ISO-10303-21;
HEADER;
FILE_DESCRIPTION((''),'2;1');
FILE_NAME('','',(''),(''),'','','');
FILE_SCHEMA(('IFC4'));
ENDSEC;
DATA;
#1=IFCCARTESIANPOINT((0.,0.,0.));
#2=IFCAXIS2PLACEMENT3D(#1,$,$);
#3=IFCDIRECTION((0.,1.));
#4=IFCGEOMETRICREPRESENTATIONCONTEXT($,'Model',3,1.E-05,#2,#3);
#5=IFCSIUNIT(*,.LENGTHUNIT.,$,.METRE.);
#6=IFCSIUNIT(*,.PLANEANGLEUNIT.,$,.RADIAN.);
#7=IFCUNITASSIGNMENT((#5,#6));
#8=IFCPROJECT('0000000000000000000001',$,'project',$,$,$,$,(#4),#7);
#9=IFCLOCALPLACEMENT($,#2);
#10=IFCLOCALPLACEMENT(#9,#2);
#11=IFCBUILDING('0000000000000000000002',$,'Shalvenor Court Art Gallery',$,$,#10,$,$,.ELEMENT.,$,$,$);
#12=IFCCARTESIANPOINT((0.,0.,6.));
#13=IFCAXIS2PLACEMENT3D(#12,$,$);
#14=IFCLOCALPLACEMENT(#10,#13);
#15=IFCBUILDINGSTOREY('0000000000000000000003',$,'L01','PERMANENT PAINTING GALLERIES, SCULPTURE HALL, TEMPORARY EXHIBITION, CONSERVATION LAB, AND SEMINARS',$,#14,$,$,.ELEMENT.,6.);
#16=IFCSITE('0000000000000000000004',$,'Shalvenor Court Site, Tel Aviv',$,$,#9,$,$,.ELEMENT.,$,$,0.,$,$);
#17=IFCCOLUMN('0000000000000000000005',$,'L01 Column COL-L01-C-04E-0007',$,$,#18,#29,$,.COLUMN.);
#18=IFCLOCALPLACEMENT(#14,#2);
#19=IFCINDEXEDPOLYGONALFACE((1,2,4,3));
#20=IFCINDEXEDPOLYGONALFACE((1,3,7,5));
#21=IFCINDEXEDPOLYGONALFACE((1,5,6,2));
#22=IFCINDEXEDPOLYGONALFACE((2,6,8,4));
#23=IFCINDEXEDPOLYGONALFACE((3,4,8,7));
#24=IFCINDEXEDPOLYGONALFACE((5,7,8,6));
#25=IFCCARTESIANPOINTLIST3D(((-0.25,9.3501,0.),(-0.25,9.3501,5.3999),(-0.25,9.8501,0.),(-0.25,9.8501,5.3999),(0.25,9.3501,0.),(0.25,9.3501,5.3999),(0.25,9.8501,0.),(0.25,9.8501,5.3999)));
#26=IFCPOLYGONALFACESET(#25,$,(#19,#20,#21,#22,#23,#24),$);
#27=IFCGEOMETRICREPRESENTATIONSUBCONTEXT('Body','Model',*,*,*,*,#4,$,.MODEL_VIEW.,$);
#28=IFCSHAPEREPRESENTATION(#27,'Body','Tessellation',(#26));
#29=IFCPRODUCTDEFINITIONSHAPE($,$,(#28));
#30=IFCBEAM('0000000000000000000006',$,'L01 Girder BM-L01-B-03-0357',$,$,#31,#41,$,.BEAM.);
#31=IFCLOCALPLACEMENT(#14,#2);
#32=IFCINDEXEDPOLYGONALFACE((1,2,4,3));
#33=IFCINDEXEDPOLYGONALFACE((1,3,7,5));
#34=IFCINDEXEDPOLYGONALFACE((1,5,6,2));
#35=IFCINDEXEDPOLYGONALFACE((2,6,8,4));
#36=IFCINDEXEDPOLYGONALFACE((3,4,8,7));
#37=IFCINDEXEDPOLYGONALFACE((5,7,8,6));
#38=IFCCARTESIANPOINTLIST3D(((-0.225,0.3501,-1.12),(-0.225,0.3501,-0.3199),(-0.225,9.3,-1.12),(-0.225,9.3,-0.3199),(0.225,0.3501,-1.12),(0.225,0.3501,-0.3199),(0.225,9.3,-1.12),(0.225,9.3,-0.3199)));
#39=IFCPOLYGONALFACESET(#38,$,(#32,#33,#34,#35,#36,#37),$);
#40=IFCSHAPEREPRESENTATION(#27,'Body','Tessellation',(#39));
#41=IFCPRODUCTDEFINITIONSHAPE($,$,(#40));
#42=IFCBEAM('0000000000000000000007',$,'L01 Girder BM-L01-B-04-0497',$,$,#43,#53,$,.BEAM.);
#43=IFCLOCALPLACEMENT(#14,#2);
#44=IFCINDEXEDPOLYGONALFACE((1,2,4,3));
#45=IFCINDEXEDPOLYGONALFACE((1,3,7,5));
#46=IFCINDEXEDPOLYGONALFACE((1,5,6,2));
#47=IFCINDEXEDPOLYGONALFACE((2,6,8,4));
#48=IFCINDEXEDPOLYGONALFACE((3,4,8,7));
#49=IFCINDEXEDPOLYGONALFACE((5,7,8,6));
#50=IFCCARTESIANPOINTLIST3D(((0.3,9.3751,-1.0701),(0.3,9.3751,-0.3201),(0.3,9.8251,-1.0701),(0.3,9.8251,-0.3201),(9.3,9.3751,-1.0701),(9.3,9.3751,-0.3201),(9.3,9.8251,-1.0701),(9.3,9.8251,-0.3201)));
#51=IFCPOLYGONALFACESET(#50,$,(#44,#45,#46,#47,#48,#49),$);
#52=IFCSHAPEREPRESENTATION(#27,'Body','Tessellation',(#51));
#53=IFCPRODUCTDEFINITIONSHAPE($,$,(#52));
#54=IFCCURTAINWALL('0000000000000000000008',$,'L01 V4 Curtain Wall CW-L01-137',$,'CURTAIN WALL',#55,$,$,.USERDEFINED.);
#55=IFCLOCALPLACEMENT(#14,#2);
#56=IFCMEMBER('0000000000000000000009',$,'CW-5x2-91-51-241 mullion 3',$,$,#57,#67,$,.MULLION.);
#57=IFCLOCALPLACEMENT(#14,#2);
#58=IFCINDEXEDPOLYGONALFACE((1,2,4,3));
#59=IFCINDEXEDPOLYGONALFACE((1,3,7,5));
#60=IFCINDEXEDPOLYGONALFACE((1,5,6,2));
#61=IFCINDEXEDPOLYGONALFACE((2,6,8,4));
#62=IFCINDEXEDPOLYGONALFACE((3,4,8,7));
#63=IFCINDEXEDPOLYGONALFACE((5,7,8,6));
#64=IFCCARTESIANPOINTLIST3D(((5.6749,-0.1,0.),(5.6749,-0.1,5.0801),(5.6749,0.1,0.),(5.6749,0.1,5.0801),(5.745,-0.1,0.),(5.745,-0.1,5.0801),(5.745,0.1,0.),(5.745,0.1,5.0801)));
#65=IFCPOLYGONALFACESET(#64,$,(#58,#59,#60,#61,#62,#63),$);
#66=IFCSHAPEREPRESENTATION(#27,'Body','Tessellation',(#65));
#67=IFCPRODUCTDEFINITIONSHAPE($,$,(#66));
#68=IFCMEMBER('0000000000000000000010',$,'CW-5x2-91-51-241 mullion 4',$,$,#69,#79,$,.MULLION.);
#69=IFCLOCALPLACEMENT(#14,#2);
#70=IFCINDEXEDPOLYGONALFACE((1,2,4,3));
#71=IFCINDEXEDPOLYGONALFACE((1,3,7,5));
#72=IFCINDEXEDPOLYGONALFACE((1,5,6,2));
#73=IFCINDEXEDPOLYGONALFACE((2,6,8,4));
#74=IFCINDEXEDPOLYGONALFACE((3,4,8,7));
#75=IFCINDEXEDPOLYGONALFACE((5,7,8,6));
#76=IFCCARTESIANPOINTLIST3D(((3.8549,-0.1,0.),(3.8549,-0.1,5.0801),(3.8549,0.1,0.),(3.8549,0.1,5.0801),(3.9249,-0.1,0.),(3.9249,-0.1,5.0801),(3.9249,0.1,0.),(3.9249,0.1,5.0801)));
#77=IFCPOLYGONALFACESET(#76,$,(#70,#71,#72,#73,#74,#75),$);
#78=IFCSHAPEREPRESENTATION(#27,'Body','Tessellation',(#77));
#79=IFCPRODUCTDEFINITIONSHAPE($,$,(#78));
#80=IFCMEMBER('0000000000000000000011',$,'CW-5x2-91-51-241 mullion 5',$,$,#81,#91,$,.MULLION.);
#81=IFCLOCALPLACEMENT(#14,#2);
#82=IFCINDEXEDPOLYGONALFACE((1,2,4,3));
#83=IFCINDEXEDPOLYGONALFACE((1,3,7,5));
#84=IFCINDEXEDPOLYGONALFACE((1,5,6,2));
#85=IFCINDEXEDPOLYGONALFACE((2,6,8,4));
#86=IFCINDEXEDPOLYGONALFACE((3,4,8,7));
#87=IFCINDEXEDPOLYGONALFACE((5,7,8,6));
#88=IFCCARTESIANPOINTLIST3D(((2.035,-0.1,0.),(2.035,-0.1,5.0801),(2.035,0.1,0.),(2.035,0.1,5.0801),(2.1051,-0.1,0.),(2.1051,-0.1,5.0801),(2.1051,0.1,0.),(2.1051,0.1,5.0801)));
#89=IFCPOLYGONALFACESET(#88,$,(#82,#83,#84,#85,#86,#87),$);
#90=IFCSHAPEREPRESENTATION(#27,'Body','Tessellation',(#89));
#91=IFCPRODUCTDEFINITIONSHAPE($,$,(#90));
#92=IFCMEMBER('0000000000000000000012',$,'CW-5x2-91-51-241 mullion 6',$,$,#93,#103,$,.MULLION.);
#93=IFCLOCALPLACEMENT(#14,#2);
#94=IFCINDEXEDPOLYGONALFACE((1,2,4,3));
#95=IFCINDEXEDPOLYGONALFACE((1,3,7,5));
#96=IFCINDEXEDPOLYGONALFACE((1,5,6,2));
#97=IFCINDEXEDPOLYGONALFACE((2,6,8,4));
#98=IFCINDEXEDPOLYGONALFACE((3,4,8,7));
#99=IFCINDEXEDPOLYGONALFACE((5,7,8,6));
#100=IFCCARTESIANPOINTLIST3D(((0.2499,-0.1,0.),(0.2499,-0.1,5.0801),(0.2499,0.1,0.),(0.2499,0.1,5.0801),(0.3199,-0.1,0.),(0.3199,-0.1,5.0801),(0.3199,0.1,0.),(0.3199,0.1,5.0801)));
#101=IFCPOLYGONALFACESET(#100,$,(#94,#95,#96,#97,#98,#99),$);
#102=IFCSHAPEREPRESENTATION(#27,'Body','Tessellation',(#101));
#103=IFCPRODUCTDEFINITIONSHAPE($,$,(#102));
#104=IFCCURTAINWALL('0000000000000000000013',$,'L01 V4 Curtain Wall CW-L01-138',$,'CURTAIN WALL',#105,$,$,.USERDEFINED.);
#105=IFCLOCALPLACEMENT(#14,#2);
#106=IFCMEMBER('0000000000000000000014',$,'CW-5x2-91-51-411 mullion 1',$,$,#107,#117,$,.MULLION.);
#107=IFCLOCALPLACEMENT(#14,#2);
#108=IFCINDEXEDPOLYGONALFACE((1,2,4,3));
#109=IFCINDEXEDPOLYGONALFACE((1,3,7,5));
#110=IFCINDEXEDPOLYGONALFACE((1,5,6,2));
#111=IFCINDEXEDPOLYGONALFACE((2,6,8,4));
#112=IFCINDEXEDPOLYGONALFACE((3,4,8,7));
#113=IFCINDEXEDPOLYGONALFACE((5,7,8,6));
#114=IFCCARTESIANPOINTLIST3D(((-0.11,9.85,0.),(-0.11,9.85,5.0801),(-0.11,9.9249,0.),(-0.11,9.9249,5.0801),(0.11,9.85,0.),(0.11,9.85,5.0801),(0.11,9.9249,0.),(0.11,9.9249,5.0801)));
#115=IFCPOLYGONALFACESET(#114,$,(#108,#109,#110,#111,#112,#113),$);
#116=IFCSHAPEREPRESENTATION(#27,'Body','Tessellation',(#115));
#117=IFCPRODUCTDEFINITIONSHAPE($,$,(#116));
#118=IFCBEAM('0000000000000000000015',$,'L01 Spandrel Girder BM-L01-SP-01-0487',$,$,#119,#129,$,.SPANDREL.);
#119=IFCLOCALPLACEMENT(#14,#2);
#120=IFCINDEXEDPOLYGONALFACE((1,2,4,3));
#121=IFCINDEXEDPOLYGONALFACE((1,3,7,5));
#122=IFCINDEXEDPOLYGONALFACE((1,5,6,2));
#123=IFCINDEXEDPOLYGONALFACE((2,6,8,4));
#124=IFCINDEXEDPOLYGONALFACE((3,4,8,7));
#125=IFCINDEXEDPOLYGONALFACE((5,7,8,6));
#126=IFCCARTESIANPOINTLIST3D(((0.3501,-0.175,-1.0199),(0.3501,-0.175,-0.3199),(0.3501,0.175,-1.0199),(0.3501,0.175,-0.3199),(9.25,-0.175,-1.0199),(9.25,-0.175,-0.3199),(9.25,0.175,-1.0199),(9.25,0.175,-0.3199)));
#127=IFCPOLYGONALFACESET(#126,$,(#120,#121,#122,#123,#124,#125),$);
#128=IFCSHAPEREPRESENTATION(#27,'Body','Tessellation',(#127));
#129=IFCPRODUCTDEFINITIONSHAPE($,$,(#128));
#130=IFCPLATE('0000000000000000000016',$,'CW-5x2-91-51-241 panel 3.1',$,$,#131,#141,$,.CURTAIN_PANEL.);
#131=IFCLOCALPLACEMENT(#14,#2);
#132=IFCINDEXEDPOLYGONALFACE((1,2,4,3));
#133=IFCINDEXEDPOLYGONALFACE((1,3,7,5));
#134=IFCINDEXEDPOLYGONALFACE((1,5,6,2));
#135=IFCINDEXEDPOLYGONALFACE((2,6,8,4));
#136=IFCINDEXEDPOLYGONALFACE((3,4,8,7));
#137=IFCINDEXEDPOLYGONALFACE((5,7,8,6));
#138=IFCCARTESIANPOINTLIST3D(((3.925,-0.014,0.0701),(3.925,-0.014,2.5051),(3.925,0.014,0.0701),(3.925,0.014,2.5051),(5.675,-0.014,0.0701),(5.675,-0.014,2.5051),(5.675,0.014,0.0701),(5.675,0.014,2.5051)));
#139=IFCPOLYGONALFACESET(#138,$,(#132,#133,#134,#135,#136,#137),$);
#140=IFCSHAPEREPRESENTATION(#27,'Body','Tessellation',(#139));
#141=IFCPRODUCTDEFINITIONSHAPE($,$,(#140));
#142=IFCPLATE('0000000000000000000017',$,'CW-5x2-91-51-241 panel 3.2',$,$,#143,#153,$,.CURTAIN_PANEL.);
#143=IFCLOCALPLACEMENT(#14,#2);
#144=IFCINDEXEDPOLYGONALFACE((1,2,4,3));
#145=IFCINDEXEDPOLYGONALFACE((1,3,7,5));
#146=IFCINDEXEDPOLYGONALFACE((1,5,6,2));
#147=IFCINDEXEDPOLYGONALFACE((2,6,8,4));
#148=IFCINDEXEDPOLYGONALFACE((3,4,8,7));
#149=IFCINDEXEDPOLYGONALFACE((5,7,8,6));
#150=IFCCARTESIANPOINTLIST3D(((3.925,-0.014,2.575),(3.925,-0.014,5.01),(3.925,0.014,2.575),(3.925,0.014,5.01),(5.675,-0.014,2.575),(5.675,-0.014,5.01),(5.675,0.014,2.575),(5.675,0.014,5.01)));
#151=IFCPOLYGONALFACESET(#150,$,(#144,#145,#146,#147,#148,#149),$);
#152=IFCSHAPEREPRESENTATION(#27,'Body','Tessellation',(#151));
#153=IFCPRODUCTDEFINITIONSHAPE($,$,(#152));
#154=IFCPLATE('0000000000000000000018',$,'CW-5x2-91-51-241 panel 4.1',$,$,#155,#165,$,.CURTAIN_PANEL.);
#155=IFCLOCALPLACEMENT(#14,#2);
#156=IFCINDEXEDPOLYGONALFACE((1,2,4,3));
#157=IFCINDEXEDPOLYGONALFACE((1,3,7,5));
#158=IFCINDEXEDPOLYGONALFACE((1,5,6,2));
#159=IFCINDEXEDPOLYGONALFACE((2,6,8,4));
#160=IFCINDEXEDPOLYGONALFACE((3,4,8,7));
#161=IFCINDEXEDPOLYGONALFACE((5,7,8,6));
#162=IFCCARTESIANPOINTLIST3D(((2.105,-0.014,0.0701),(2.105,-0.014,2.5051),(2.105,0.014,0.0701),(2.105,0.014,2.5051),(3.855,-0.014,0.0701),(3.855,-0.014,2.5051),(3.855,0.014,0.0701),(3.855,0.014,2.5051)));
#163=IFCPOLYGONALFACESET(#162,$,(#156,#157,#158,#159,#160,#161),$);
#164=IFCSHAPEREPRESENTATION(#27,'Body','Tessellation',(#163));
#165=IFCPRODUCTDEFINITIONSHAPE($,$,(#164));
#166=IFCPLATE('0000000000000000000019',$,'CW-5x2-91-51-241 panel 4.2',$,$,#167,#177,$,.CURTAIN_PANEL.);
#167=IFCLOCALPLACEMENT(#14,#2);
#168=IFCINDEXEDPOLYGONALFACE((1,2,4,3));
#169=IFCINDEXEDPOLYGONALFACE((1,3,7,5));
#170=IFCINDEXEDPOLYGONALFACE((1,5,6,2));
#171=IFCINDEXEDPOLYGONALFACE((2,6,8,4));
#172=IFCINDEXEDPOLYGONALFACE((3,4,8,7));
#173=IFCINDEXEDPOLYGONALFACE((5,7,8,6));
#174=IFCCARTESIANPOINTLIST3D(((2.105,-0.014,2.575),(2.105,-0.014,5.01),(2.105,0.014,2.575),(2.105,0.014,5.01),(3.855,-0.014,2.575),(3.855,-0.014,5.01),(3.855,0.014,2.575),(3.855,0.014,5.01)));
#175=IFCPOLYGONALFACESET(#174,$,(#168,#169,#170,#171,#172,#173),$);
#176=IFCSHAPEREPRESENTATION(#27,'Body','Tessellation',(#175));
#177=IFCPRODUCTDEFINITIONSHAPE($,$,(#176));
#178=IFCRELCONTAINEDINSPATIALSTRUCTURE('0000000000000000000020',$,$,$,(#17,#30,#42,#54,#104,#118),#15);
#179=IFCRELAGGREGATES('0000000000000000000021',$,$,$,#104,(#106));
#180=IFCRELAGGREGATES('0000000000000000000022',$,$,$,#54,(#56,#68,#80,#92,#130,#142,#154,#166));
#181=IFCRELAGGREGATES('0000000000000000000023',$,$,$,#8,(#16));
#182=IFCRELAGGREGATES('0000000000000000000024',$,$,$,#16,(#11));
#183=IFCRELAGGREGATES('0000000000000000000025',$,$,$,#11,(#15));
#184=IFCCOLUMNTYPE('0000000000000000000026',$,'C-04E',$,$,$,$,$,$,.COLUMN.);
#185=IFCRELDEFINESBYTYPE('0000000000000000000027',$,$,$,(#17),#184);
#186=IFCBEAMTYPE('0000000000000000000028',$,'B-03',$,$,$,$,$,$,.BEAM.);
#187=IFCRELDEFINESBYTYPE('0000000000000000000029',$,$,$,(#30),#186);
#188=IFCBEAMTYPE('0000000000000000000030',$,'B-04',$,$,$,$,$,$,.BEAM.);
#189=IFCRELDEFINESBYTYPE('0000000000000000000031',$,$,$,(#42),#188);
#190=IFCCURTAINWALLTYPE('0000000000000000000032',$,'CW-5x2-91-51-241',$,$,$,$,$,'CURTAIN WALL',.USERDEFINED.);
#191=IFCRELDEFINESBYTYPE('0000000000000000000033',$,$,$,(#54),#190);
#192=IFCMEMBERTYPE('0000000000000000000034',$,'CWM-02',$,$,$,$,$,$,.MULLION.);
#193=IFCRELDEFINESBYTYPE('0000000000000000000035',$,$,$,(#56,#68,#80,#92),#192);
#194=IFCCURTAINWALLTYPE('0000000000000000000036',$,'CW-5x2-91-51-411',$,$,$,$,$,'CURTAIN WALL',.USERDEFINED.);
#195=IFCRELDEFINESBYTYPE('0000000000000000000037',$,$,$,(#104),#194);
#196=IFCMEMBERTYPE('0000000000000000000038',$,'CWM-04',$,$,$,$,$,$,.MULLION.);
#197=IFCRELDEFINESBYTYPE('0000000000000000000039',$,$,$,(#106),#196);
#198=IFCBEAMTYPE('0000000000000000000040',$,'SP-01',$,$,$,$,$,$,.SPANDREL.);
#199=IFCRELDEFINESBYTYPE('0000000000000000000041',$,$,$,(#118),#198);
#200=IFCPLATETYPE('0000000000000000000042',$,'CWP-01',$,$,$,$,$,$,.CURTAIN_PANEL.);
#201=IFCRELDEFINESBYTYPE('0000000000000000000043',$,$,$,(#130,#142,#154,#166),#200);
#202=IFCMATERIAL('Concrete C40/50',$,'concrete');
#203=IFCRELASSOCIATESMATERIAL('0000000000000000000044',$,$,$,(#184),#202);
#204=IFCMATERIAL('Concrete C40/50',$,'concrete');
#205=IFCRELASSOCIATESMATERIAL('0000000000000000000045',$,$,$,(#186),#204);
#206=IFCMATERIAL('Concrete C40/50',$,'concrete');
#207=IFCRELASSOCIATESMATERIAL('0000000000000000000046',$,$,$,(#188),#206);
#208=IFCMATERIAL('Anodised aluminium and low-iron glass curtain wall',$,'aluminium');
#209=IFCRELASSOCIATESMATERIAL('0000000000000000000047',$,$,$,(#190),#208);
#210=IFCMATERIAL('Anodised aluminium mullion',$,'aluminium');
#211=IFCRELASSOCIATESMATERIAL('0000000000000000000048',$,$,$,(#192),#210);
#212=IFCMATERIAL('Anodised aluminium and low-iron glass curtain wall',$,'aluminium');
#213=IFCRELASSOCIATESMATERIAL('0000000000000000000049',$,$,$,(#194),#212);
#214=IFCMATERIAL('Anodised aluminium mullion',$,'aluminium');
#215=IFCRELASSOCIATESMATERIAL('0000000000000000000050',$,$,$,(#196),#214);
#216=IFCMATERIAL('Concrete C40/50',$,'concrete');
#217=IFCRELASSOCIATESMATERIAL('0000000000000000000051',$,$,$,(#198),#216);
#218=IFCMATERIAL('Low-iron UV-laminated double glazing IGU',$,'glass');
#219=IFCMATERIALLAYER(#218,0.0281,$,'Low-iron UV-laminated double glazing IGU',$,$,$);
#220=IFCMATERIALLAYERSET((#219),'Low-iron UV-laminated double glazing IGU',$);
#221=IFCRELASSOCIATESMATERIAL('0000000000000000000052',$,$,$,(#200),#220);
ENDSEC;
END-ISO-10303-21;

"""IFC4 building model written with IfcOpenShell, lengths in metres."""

from ifc_helpers import new_model, si_unit, direction, frame, origin, origin_2d, place, context, subcontext, project, spatial, rectangle, extrude, material, layer, layer_set, material_profile, profile_set, type_object, element, aggregate, save


model = new_model("IFC4")

# Units and contexts
model_context = context("Model", 3, precision=1e-05, world=origin(), true_north=direction((0.0, 1.0)))
body_context = subcontext(model_context, "Body", "Model", "MODEL_VIEW")
ifc_project = project(units=[si_unit("LENGTHUNIT", "METRE"), si_unit("PLANEANGLEUNIT", "RADIAN")], contexts=[model_context])

# Site, building, storey
site_placement = place(None, origin())
site = spatial("IfcSite", under=ifc_project, at=site_placement, Name="Shalvenor Court Site, Tel Aviv", CompositionType="ELEMENT", RefElevation=0.0)
building_placement = place(site_placement, origin())
building = spatial("IfcBuilding", under=site, at=building_placement, Name="Shalvenor Court Art Gallery", CompositionType="ELEMENT")
storey_placement = place(building_placement, frame((0.0, 0.0, 6.0)))
storey = spatial("IfcBuildingStorey", under=building, at=storey_placement, Name="L01", Description="PERMANENT PAINTING GALLERIES, SCULPTURE HALL, TEMPORARY EXHIBITION, CONSERVATION LAB, AND SEMINARS", CompositionType="ELEMENT", Elevation=6.0)

# Column
ifc_material_1 = material(Name="Concrete C40/50", Category="concrete")
ifc_material_profile_1 = material_profile(ifc_material_1, rectangle(XDim=0.5, YDim=0.5, at=origin_2d()), Name="RC 500x500")
ifc_profile_set_1 = profile_set([ifc_material_profile_1], Name="Concrete C40/50")
column_type = type_object("IfcColumnType", Name="C-04E", PredefinedType="COLUMN", material=ifc_profile_set_1)
column_placement = place(storey_placement, frame((0.0, 9.6001, 0.0), z_axis=(0.0, 0.0, 1.0), x_axis=(1.0, 0.0, 0.0)))
element("IfcColumn", 1, at=column_placement, inside=storey, type_object=column_type, Name="L01 Column COL-L01-C-04E-0007", PredefinedType="COLUMN", context=body_context, shape_type="SweptSolid", body=[
    extrude(rectangle(XDim=0.5, YDim=0.5, at=origin_2d()), origin(), (0.0, 0.0, 1.0), 5.3999),
])

# Beams
ifc_material_2 = material(Name="Concrete C40/50", Category="concrete")
ifc_material_profile_2 = material_profile(ifc_material_2, rectangle(XDim=0.45, YDim=0.8, at=origin_2d()), Name="RC 450x800")
ifc_profile_set_2 = profile_set([ifc_material_profile_2], Name="Concrete C40/50")
beam_type_1 = type_object("IfcBeamType", Name="B-03", PredefinedType="BEAM", material=ifc_profile_set_2)
beam_1_placement = place(storey_placement, frame((0.0, 0.3501, -0.72), z_axis=(0.0, 1.0, 0.0), x_axis=(-1.0, 0.0, 0.0)))
element("IfcBeam", 2, at=beam_1_placement, inside=storey, type_object=beam_type_1, Name="L01 Girder BM-L01-B-03-0357", PredefinedType="BEAM", context=body_context, shape_type="SweptSolid", body=[
    extrude(rectangle(XDim=0.45, YDim=0.8, at=origin_2d()), origin(), (0.0, 0.0, 1.0), 8.95),
])
ifc_material_3 = material(Name="Concrete C40/50", Category="concrete")
ifc_material_profile_3 = material_profile(ifc_material_3, rectangle(XDim=0.45, YDim=0.75, at=origin_2d()), Name="RC 450x750")
ifc_profile_set_3 = profile_set([ifc_material_profile_3], Name="Concrete C40/50")
beam_type_2 = type_object("IfcBeamType", Name="B-04", PredefinedType="BEAM", material=ifc_profile_set_3)
beam_2_placement = place(storey_placement, frame((0.3, 9.6001, -0.6951), z_axis=(1.0, 0.0, 0.0), x_axis=(0.0, 1.0, 0.0)))
element("IfcBeam", 3, at=beam_2_placement, inside=storey, type_object=beam_type_2, Name="L01 Girder BM-L01-B-04-0497", PredefinedType="BEAM", context=body_context, shape_type="SweptSolid", body=[
    extrude(rectangle(XDim=0.45, YDim=0.75, at=origin_2d()), origin(), (0.0, 0.0, 1.0), 9.0),
])

# Curtain wall, members
ifc_material_4 = material(Name="Anodised aluminium and low-iron glass curtain wall", Category="aluminium")
curtain_wall_type_1 = type_object("IfcCurtainWallType", Name="CW-5x2-91-51-241", ElementType="CURTAIN WALL", PredefinedType="USERDEFINED", material=ifc_material_4)
curtain_wall_1_placement = place(storey_placement, origin())
curtain_wall_1 = element("IfcCurtainWall", 4, at=curtain_wall_1_placement, inside=storey, type_object=curtain_wall_type_1, Name="L01 V4 Curtain Wall CW-L01-137", ObjectType="CURTAIN WALL", PredefinedType="USERDEFINED")
ifc_material_5 = material(Name="Anodised aluminium mullion", Category="aluminium")
ifc_material_profile_4 = material_profile(ifc_material_5, rectangle(XDim=0.0701, YDim=0.2, at=origin_2d()), Name="CWM-02")
ifc_profile_set_4 = profile_set([ifc_material_profile_4], Name="Anodised aluminium mullion")
member_type_1 = type_object("IfcMemberType", Name="CWM-02", PredefinedType="MULLION", material=ifc_profile_set_4)
member_1_placement = place(storey_placement, frame((5.71, 0.0, 0.0), z_axis=(0.0, 0.0, 1.0), x_axis=(-1.0, 0.0, 0.0)))
member_1 = element("IfcMember", 5, at=member_1_placement, type_object=member_type_1, Name="CW-5x2-91-51-241 mullion 3", PredefinedType="MULLION", context=body_context, shape_type="SweptSolid", body=[
    extrude(rectangle(XDim=0.0701, YDim=0.2, at=origin_2d()), origin(), (0.0, 0.0, 1.0), 5.0801),
])
member_2_placement = place(storey_placement, frame((3.8899, 0.0, 0.0), z_axis=(0.0, 0.0, 1.0), x_axis=(-1.0, 0.0, 0.0)))
member_2 = element("IfcMember", 6, at=member_2_placement, type_object=member_type_1, Name="CW-5x2-91-51-241 mullion 4", PredefinedType="MULLION", context=body_context, shape_type="SweptSolid", body=[
    extrude(rectangle(XDim=0.0701, YDim=0.2, at=origin_2d()), origin(), (0.0, 0.0, 1.0), 5.0801),
])
member_3_placement = place(storey_placement, frame((2.0701, 0.0, 0.0), z_axis=(0.0, 0.0, 1.0), x_axis=(-1.0, 0.0, 0.0)))
member_3 = element("IfcMember", 7, at=member_3_placement, type_object=member_type_1, Name="CW-5x2-91-51-241 mullion 5", PredefinedType="MULLION", context=body_context, shape_type="SweptSolid", body=[
    extrude(rectangle(XDim=0.0701, YDim=0.2, at=origin_2d()), origin(), (0.0, 0.0, 1.0), 5.0801),
])
member_4_placement = place(storey_placement, frame((0.2849, 0.0, 0.0), z_axis=(0.0, 0.0, 1.0), x_axis=(-1.0, 0.0, 0.0)))
member_4 = element("IfcMember", 8, at=member_4_placement, type_object=member_type_1, Name="CW-5x2-91-51-241 mullion 6", PredefinedType="MULLION", context=body_context, shape_type="SweptSolid", body=[
    extrude(rectangle(XDim=0.0701, YDim=0.2, at=origin_2d()), origin(), (0.0, 0.0, 1.0), 5.0801),
])

# Curtain wall, member
ifc_material_6 = material(Name="Anodised aluminium and low-iron glass curtain wall", Category="aluminium")
curtain_wall_type_2 = type_object("IfcCurtainWallType", Name="CW-5x2-91-51-411", ElementType="CURTAIN WALL", PredefinedType="USERDEFINED", material=ifc_material_6)
curtain_wall_2_placement = place(storey_placement, origin())
curtain_wall_2 = element("IfcCurtainWall", 9, at=curtain_wall_2_placement, inside=storey, type_object=curtain_wall_type_2, Name="L01 V4 Curtain Wall CW-L01-138", ObjectType="CURTAIN WALL", PredefinedType="USERDEFINED")
ifc_material_7 = material(Name="Anodised aluminium mullion", Category="aluminium")
ifc_material_profile_5 = material_profile(ifc_material_7, rectangle(XDim=0.075, YDim=0.22, at=origin_2d()), Name="CWM-04")
ifc_profile_set_5 = profile_set([ifc_material_profile_5], Name="Anodised aluminium mullion")
member_type_2 = type_object("IfcMemberType", Name="CWM-04", PredefinedType="MULLION", material=ifc_profile_set_5)
member_5_placement = place(storey_placement, frame((0.0, 9.8875, 0.0), z_axis=(0.0, 0.0, 1.0), x_axis=(0.0, 1.0, 0.0)))
member_5 = element("IfcMember", 10, at=member_5_placement, type_object=member_type_2, Name="CW-5x2-91-51-411 mullion 1", PredefinedType="MULLION", context=body_context, shape_type="SweptSolid", body=[
    extrude(rectangle(XDim=0.075, YDim=0.22, at=origin_2d()), origin(), (0.0, 0.0, 1.0), 5.0801),
])
aggregate(curtain_wall_2, [member_5])

# Beam
ifc_material_8 = material(Name="Concrete C40/50", Category="concrete")
ifc_material_profile_6 = material_profile(ifc_material_8, rectangle(XDim=0.3501, YDim=0.7, at=origin_2d()), Name="RC 350x700")
ifc_profile_set_6 = profile_set([ifc_material_profile_6], Name="Concrete C40/50")
beam_type_3 = type_object("IfcBeamType", Name="SP-01", PredefinedType="SPANDREL", material=ifc_profile_set_6)
beam_3_placement = place(storey_placement, frame((0.3501, 0.0, -0.6699), z_axis=(1.0, 0.0, 0.0), x_axis=(0.0, 1.0, 0.0)))
element("IfcBeam", 11, at=beam_3_placement, inside=storey, type_object=beam_type_3, Name="L01 Spandrel Girder BM-L01-SP-01-0487", PredefinedType="SPANDREL", context=body_context, shape_type="SweptSolid", body=[
    extrude(rectangle(XDim=0.3501, YDim=0.7, at=origin_2d()), origin(), (0.0, 0.0, 1.0), 8.8999),
])

# Plates
ifc_material_9 = material(Name="Low-iron UV-laminated double glazing IGU", Category="glass")
ifc_layer_1 = layer(ifc_material_9, 0.0281, Name="Low-iron UV-laminated double glazing IGU")
ifc_layer_set_1 = layer_set([ifc_layer_1], Name="Low-iron UV-laminated double glazing IGU")
plate_type = type_object("IfcPlateType", Name="CWP-01", PredefinedType="CURTAIN_PANEL", material=ifc_layer_set_1)
plate_1_placement = place(storey_placement, frame((4.8, 0.0, 0.0701), z_axis=(0.0, 0.0, 1.0), x_axis=(-1.0, 0.0, 0.0)))
plate_1 = element("IfcPlate", 12, at=plate_1_placement, type_object=plate_type, Name="CW-5x2-91-51-241 panel 3.1", PredefinedType="CURTAIN_PANEL", context=body_context, shape_type="SweptSolid", body=[
    extrude(rectangle(XDim=1.75, YDim=0.0281, at=origin_2d()), origin(), (0.0, 0.0, 1.0), 2.4351),
])
plate_2_placement = place(storey_placement, frame((4.8, 0.0, 2.575), z_axis=(0.0, 0.0, 1.0), x_axis=(-1.0, 0.0, 0.0)))
plate_2 = element("IfcPlate", 13, at=plate_2_placement, type_object=plate_type, Name="CW-5x2-91-51-241 panel 3.2", PredefinedType="CURTAIN_PANEL", context=body_context, shape_type="SweptSolid", body=[
    extrude(rectangle(XDim=1.75, YDim=0.0281, at=origin_2d()), origin(), (0.0, 0.0, 1.0), 2.4351),
])
plate_3_placement = place(storey_placement, frame((2.98, 0.0, 0.0701), z_axis=(0.0, 0.0, 1.0), x_axis=(-1.0, 0.0, 0.0)))
plate_3 = element("IfcPlate", 14, at=plate_3_placement, type_object=plate_type, Name="CW-5x2-91-51-241 panel 4.1", PredefinedType="CURTAIN_PANEL", context=body_context, shape_type="SweptSolid", body=[
    extrude(rectangle(XDim=1.75, YDim=0.0281, at=origin_2d()), origin(), (0.0, 0.0, 1.0), 2.4351),
])
plate_4_placement = place(storey_placement, frame((2.98, 0.0, 2.575), z_axis=(0.0, 0.0, 1.0), x_axis=(-1.0, 0.0, 0.0)))
plate_4 = element("IfcPlate", 15, at=plate_4_placement, type_object=plate_type, Name="CW-5x2-91-51-241 panel 4.2", PredefinedType="CURTAIN_PANEL", context=body_context, shape_type="SweptSolid", body=[
    extrude(rectangle(XDim=1.75, YDim=0.0281, at=origin_2d()), origin(), (0.0, 0.0, 1.0), 2.4351),
])
aggregate(curtain_wall_1, [member_1, member_2, member_3, member_4, plate_1, plate_2, plate_3, plate_4])

save(model, "model.ifc")
